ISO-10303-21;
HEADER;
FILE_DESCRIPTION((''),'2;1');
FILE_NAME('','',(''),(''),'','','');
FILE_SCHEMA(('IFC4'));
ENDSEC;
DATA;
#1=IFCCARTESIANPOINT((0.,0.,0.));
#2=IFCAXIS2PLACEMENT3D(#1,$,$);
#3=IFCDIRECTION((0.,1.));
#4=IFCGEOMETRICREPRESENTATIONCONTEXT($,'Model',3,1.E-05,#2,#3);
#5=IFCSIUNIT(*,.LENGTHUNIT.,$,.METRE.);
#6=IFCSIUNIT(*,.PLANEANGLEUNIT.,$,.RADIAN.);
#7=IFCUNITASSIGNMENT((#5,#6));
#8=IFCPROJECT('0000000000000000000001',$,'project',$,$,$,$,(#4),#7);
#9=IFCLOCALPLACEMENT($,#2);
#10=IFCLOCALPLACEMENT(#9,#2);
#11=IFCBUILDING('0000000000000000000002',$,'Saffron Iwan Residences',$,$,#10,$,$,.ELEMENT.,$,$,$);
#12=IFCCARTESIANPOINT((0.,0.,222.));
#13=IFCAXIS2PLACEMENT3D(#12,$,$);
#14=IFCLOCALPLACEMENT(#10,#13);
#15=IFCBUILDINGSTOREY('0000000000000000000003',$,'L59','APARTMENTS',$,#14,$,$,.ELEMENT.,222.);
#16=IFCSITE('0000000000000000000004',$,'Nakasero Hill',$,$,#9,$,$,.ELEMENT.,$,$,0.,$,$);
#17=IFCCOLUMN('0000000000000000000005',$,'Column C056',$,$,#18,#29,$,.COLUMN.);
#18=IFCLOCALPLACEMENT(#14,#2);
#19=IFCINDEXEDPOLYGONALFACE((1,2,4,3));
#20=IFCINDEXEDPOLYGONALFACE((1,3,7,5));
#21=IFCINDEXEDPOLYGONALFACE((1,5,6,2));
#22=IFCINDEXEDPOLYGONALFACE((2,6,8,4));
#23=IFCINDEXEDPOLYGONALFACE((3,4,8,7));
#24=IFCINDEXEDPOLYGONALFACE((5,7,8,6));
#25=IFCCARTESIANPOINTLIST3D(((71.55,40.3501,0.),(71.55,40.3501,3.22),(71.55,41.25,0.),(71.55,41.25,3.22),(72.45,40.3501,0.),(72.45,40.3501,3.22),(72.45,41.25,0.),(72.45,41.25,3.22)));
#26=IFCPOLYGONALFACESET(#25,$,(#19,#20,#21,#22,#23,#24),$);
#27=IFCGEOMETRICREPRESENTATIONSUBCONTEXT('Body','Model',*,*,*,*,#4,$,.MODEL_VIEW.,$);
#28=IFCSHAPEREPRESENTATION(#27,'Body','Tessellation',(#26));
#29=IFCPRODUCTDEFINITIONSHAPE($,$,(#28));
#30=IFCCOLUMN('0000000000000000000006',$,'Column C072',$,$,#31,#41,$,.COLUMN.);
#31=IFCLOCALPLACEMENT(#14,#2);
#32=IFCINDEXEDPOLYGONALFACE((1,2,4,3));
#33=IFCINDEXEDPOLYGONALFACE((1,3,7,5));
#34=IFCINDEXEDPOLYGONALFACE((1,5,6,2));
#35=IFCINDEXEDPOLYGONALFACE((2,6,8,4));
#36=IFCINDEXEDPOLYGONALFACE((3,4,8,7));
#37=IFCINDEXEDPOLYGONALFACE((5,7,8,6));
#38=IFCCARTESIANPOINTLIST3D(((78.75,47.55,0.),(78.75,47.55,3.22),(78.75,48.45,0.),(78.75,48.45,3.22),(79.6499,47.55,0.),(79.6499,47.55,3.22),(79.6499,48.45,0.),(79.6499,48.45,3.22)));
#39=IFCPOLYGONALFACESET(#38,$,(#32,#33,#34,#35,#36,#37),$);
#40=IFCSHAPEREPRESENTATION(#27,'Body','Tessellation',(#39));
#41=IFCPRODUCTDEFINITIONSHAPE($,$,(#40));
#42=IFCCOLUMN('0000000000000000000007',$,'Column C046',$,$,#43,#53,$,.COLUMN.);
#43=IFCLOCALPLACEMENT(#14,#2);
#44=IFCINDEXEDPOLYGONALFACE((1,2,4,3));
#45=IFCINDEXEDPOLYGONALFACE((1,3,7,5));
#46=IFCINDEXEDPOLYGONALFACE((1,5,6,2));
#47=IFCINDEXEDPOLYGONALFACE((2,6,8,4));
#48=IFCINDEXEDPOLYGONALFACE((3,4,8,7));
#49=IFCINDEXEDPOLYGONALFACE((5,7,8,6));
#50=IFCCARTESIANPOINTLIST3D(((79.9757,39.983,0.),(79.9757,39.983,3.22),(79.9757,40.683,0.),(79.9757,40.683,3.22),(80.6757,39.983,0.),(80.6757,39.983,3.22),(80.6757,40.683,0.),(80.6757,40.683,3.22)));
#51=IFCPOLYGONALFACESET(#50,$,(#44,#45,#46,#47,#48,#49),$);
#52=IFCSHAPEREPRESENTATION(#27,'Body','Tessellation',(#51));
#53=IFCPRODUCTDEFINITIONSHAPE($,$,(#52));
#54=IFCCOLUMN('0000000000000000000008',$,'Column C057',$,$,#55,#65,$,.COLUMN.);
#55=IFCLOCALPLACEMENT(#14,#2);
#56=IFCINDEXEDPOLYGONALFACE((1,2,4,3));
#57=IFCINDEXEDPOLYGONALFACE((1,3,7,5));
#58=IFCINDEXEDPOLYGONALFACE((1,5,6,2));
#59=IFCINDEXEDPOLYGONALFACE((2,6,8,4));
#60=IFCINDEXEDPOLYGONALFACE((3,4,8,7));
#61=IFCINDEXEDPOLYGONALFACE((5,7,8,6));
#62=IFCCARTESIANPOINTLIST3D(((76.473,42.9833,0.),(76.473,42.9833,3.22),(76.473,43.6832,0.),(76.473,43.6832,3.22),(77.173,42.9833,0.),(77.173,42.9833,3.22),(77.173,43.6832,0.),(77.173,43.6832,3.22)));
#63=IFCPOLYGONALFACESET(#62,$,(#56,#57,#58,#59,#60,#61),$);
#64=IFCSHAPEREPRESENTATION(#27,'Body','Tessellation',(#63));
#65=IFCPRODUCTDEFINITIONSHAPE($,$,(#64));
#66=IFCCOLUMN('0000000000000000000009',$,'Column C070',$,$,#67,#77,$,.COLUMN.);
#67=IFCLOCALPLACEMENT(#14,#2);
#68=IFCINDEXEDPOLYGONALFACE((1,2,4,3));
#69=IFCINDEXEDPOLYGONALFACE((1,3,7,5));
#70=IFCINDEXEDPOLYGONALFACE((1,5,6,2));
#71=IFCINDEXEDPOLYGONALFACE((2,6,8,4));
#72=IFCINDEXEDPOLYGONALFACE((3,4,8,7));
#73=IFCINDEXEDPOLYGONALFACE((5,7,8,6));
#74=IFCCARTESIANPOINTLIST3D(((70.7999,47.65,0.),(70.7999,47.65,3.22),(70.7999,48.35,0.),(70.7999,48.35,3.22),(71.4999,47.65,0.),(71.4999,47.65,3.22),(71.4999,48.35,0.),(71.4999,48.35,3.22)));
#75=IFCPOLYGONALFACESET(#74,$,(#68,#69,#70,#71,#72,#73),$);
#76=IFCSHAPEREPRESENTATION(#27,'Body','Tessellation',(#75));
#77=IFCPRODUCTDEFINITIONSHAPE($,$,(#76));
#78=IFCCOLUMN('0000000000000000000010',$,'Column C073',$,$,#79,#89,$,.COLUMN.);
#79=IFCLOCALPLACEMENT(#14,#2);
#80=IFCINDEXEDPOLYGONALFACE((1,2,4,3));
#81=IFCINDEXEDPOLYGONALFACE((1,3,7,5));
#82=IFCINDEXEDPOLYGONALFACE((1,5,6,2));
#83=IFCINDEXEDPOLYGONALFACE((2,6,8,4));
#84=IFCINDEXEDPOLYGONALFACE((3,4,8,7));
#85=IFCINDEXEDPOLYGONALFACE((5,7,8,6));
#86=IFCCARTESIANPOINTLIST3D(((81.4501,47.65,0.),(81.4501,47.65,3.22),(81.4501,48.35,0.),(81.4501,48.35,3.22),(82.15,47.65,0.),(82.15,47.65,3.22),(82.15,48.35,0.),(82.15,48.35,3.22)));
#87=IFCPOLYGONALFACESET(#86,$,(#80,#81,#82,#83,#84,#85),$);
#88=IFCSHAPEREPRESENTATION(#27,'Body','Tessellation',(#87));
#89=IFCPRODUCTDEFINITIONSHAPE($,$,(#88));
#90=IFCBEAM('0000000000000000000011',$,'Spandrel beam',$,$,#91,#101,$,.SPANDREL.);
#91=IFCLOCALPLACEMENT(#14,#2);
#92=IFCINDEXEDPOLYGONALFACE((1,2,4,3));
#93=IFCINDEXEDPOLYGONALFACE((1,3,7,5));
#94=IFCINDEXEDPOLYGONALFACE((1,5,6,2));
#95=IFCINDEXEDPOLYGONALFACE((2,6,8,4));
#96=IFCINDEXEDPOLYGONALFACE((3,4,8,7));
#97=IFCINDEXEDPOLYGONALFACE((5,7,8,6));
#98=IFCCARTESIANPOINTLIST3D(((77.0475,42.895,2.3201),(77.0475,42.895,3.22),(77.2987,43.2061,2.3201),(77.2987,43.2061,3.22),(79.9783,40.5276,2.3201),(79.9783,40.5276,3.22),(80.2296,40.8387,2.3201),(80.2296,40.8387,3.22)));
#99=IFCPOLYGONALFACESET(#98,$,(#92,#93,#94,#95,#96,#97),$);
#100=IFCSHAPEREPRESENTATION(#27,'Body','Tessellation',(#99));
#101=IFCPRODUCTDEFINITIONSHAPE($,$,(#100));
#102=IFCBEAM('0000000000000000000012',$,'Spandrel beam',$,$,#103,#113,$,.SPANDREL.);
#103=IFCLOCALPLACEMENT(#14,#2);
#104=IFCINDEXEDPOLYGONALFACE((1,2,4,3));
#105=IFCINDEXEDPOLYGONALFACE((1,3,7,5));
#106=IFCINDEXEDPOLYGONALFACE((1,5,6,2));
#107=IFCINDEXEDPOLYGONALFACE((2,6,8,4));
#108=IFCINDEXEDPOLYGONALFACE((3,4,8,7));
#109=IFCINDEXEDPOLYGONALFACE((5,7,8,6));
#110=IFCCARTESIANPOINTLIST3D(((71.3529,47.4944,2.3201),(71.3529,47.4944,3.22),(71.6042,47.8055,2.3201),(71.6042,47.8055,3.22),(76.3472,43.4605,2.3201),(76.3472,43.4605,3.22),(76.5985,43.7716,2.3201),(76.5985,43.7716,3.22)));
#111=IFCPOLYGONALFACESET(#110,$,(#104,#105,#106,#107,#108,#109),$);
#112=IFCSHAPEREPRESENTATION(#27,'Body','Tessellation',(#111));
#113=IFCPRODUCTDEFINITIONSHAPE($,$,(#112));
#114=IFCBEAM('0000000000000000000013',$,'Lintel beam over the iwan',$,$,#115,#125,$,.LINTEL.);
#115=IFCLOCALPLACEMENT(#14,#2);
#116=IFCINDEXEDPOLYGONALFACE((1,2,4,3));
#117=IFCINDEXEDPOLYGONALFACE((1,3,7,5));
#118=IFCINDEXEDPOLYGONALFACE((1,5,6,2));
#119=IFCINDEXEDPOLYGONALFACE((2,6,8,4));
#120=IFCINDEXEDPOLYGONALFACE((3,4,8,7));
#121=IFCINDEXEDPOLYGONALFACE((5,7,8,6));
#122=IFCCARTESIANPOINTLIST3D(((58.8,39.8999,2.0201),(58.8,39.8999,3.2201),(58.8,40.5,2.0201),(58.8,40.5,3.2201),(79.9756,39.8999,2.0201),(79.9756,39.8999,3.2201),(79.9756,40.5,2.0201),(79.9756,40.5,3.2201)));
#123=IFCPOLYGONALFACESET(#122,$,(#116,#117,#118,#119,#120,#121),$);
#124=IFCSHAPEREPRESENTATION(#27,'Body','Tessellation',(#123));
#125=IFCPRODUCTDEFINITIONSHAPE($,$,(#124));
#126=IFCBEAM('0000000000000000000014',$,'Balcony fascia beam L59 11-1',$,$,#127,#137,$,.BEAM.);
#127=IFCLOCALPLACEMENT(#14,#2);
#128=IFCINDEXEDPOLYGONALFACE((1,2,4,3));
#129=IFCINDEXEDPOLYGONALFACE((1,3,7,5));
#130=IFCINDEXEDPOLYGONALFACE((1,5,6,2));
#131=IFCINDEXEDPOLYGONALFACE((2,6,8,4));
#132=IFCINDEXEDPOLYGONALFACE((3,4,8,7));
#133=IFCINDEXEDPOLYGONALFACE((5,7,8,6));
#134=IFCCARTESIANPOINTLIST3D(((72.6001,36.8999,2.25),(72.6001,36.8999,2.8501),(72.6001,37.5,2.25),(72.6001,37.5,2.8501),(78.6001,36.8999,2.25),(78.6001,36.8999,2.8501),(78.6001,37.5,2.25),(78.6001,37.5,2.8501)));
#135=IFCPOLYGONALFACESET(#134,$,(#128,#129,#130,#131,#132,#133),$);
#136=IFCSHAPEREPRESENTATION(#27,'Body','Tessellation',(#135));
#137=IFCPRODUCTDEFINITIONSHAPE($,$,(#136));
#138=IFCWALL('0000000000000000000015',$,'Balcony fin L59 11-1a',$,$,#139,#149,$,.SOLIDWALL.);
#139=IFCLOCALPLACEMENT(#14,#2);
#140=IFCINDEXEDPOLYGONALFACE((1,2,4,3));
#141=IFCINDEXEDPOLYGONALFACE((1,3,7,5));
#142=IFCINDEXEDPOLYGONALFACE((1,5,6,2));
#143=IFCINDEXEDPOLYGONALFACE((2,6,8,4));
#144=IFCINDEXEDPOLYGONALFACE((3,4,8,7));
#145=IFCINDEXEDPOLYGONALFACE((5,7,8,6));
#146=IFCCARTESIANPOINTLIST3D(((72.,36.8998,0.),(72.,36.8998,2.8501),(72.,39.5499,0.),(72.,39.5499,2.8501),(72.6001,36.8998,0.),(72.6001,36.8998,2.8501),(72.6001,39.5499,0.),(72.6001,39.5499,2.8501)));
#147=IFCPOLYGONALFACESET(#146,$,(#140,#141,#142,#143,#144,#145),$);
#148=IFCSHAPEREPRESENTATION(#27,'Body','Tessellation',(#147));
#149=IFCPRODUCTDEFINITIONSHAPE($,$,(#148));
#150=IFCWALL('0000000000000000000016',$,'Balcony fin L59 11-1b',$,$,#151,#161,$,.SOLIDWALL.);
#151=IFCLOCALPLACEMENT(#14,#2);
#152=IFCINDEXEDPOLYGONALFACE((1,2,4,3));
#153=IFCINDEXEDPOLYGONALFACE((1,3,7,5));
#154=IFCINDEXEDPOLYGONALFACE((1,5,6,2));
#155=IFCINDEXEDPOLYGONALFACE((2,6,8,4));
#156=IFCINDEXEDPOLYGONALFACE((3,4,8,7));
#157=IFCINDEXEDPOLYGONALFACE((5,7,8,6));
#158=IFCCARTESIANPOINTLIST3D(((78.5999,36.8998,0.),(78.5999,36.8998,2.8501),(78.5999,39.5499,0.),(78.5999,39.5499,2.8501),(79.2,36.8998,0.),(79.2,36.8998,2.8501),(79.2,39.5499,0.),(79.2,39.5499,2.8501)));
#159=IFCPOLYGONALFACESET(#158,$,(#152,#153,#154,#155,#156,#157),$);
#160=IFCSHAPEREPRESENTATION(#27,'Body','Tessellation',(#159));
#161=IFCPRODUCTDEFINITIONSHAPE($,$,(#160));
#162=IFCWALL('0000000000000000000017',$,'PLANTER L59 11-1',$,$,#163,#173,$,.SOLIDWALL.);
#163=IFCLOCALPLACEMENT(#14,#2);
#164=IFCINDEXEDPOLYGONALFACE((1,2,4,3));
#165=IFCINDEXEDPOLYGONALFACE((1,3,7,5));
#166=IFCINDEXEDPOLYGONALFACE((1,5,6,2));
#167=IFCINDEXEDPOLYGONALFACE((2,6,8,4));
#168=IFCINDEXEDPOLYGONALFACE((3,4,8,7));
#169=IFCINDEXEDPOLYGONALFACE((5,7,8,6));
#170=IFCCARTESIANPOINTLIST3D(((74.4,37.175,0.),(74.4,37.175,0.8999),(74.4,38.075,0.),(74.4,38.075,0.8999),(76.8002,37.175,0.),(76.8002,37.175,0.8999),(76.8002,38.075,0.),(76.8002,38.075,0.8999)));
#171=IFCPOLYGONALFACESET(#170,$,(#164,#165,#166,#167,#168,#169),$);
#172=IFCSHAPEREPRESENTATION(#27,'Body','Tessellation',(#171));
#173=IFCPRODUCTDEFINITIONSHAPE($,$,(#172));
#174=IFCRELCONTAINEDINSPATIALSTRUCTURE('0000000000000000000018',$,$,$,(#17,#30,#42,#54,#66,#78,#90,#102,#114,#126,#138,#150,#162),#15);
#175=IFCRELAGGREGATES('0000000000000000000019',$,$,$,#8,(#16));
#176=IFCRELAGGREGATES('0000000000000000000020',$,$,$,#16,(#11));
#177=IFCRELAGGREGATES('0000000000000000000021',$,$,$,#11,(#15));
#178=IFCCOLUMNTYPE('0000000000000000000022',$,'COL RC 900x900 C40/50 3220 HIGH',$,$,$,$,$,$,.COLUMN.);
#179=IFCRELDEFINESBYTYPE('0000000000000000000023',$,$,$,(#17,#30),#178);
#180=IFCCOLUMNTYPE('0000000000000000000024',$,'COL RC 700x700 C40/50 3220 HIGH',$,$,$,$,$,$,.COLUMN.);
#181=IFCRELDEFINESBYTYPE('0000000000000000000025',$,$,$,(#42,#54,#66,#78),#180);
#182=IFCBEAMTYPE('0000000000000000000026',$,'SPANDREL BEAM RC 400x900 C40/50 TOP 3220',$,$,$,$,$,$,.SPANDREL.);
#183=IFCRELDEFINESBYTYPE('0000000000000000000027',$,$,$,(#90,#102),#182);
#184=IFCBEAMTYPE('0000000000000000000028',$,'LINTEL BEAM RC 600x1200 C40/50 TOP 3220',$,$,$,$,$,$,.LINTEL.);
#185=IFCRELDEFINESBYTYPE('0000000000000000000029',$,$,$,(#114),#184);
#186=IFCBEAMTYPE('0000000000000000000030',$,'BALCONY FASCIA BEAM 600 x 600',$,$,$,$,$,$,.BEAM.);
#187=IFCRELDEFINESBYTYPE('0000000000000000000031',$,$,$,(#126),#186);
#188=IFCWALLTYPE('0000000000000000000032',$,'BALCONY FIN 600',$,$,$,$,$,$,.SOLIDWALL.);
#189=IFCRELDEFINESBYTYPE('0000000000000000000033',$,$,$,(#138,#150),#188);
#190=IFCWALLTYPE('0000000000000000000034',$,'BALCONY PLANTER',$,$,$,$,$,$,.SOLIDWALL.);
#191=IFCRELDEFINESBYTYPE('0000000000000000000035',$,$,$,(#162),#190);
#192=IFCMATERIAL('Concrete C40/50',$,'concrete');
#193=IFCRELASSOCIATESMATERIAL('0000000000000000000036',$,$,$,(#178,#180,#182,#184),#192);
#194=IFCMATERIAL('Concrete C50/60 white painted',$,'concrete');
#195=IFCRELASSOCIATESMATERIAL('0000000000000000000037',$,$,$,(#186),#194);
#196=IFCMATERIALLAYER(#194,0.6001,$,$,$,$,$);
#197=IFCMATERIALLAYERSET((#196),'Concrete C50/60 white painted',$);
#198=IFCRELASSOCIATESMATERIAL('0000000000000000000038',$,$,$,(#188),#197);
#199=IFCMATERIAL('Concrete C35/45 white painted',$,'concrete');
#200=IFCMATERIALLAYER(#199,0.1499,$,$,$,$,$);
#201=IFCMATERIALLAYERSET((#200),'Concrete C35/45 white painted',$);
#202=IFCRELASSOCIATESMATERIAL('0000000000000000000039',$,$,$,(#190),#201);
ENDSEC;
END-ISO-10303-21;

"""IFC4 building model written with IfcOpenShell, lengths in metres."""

from ifc_helpers import new_model, si_unit, direction, frame, frame_2d, origin, origin_2d, place, context, subcontext, project, spatial, rectangle, extrude, source, transform, mapped, material, layer, layer_set, material_profile, profile_set, type_object, element, save


model = new_model("IFC4")

# Units and contexts
model_context = context("Model", 3, precision=1e-05, world=origin(), true_north=direction((0.0, 1.0)))
body_context = subcontext(model_context, "Body", "Model", "MODEL_VIEW")
ifc_project = project(units=[si_unit("LENGTHUNIT", "METRE"), si_unit("PLANEANGLEUNIT", "RADIAN")], contexts=[model_context])

# Site, building, storey
site_placement = place(None, origin())
site = spatial("IfcSite", under=ifc_project, at=site_placement, Name="Nakasero Hill", CompositionType="ELEMENT", RefElevation=0.0)
building_placement = place(site_placement, origin())
building = spatial("IfcBuilding", under=site, at=building_placement, Name="Saffron Iwan Residences", CompositionType="ELEMENT")
storey_placement = place(building_placement, frame((0.0, 0.0, 222.0)))
storey = spatial("IfcBuildingStorey", under=building, at=storey_placement, Name="L59", Description="APARTMENTS", CompositionType="ELEMENT", Elevation=222.0)

# Columns
ifc_material_1 = material(Name="Concrete C40/50", Category="concrete")
ifc_material_profile_1 = material_profile(ifc_material_1, rectangle(XDim=0.8999, YDim=0.8999, at=origin_2d()), Name="RC 900x900")
ifc_profile_set_1 = profile_set([ifc_material_profile_1], Name="Concrete C40/50")
column_type_1 = type_object("IfcColumnType", Name="COL RC 900x900 C40/50 3220 HIGH", PredefinedType="COLUMN", material=ifc_profile_set_1)
shared_shape_1 = source(origin(), body_context, "Body", "SweptSolid", [
    extrude(rectangle(XDim=0.8999, YDim=0.8999, at=origin_2d()), origin(), (0.0, 0.0, 1.0), 3.22),
])
for number, where, z_axis, x_axis, name in (
    (1, (72.0, 40.8, 0.0), (0.0, 0.0, 1.0), (1.0, 0.0, 0.0), "Column C056"),
    (2, (79.2, 48.0, 0.0), (0.0, 0.0, 1.0), (1.0, 0.0, 0.0), "Column C072"),
):
    element("IfcColumn", number, at=place(storey_placement, frame(where, z_axis=z_axis, x_axis=x_axis)), inside=storey, type_object=column_type_1, Name=name, PredefinedType="COLUMN", context=body_context, shape_type="MappedRepresentation", body=[
        mapped(shared_shape_1, transform((0.0, 0.0, 0.0))),
    ])
ifc_material_profile_2 = material_profile(ifc_material_1, rectangle(XDim=0.7, YDim=0.7, at=origin_2d()), Name="RC 700x700")
ifc_profile_set_2 = profile_set([ifc_material_profile_2], Name="Concrete C40/50")
column_type_2 = type_object("IfcColumnType", Name="COL RC 700x700 C40/50 3220 HIGH", PredefinedType="COLUMN", material=ifc_profile_set_2)
shared_shape_2 = source(origin(), body_context, "Body", "SweptSolid", [
    extrude(rectangle(XDim=0.7, YDim=0.7, at=origin_2d()), origin(), (0.0, 0.0, 1.0), 3.22),
])
for number, where, z_axis, x_axis, name in (
    (3, (80.3257, 40.333, 0.0), (0.0, 0.0, 1.0), (1.0, 0.0, 0.0), "Column C046"),
    (4, (76.823, 43.3333, 0.0), (0.0, 0.0, 1.0), (1.0, 0.0, 0.0), "Column C057"),
    (5, (71.1499, 48.0, 0.0), (0.0, 0.0, 1.0), (1.0, 0.0, 0.0), "Column C070"),
    (6, (81.8, 48.0, 0.0), (0.0, 0.0, 1.0), (1.0, 0.0, 0.0), "Column C073"),
):
    element("IfcColumn", number, at=place(storey_placement, frame(where, z_axis=z_axis, x_axis=x_axis)), inside=storey, type_object=column_type_2, Name=name, PredefinedType="COLUMN", context=body_context, shape_type="MappedRepresentation", body=[
        mapped(shared_shape_2, transform((0.0, 0.0, 0.0))),
    ])

# Beams
ifc_material_profile_3 = material_profile(ifc_material_1, rectangle(XDim=0.3999, YDim=0.8999, at=origin_2d()), Name="RC 400x900")
ifc_profile_set_3 = profile_set([ifc_material_profile_3], Name="Concrete C40/50")
beam_type_1 = type_object("IfcBeamType", Name="SPANDREL BEAM RC 400x900 C40/50 TOP 3220", PredefinedType="SPANDREL", material=ifc_profile_set_3)
shared_shape_3 = source(origin(), body_context, "Body", "SweptSolid", [
    extrude(rectangle(XDim=0.3999, YDim=0.8999, at=origin_2d()), origin(), (0.0, 0.0, 1.0), 3.7676),
])
beam_1_placement = place(storey_placement, frame((77.1731, 43.0505, 2.77), z_axis=(0.77792, -0.628363, 0.0), x_axis=(0.628363, 0.77792, 0.0)))
element("IfcBeam", 7, at=beam_1_placement, inside=storey, type_object=beam_type_1, Name="Spandrel beam", PredefinedType="SPANDREL", context=body_context, shape_type="MappedRepresentation", body=[
    mapped(shared_shape_3, transform((0.0, 0.0, 0.0))),
])
shared_shape_4 = source(origin(), body_context, "Body", "SweptSolid", [
    extrude(rectangle(XDim=0.3999, YDim=0.8999, at=origin_2d()), origin(), (0.0, 0.0, 1.0), 6.4199),
])
beam_2_placement = place(storey_placement, frame((71.4785, 47.6499, 2.77), z_axis=(0.77794, -0.628338, 0.0), x_axis=(0.628338, 0.77794, 0.0)))
element("IfcBeam", 8, at=beam_2_placement, inside=storey, type_object=beam_type_1, Name="Spandrel beam", PredefinedType="SPANDREL", context=body_context, shape_type="MappedRepresentation", body=[
    mapped(shared_shape_4, transform((0.0, 0.0, 0.0))),
])
ifc_material_profile_4 = material_profile(ifc_material_1, rectangle(XDim=0.6001, YDim=1.2, at=origin_2d()), Name="RC 600x1200")
ifc_profile_set_4 = profile_set([ifc_material_profile_4], Name="Concrete C40/50")
beam_type_2 = type_object("IfcBeamType", Name="LINTEL BEAM RC 600x1200 C40/50 TOP 3220", PredefinedType="LINTEL", material=ifc_profile_set_4)
shared_shape_5 = source(origin(), body_context, "Body", "SweptSolid", [
    extrude(rectangle(XDim=0.6001, YDim=1.2, at=origin_2d()), origin(), (0.0, 0.0, 1.0), 21.1755),
])
beam_3_placement = place(storey_placement, frame((79.9756, 40.2, 2.6201), z_axis=(-1.0, 0.0, 0.0), x_axis=(0.0, -1.0, 0.0)))
element("IfcBeam", 9, at=beam_3_placement, inside=storey, type_object=beam_type_2, Name="Lintel beam over the iwan", PredefinedType="LINTEL", context=body_context, shape_type="MappedRepresentation", body=[
    mapped(shared_shape_5, transform((0.0, 0.0, 0.0))),
])
ifc_material_2 = material(Name="Concrete C50/60 white painted", Category="concrete")
ifc_material_profile_5 = material_profile(ifc_material_2, rectangle(XDim=0.6001, YDim=0.6001, at=origin_2d()), Name="BALCONY FASCIA BEAM 600 x 600")
ifc_profile_set_5 = profile_set([ifc_material_profile_5], Name="Concrete C50/60 white painted")
beam_type_3 = type_object("IfcBeamType", Name="BALCONY FASCIA BEAM 600 x 600", PredefinedType="BEAM", material=ifc_profile_set_5)
shared_shape_6 = source(origin(), body_context, "Body", "SweptSolid", [
    extrude(rectangle(XDim=0.6001, YDim=0.6001, at=origin_2d()), origin(), (0.0, 0.0, 1.0), 6.0),
])
beam_4_placement = place(storey_placement, frame((72.6001, 37.2, 2.55), z_axis=(1.0, 0.0, 0.0), x_axis=(0.0, 1.0, 0.0)))
element("IfcBeam", 10, at=beam_4_placement, inside=storey, type_object=beam_type_3, Name="Balcony fascia beam L59 11-1", PredefinedType="BEAM", context=body_context, shape_type="MappedRepresentation", body=[
    mapped(shared_shape_6, transform((0.0, 0.0, 0.0))),
])

# Walls
ifc_layer_1 = layer(ifc_material_2, 0.6001)
ifc_layer_set_1 = layer_set([ifc_layer_1], Name="Concrete C50/60 white painted")
wall_type_1 = type_object("IfcWallType", Name="BALCONY FIN 600", PredefinedType="SOLIDWALL", material=ifc_layer_set_1)
for number, where, z_axis, x_axis, name in (
    (11, (72.3, 39.55, 0.0), (0.0, 0.0, 1.0), (0.0, -1.0, 0.0), "Balcony fin L59 11-1a"),
    (12, (78.8999, 39.55, 0.0), (0.0, 0.0, 1.0), (0.0, -1.0, 0.0), "Balcony fin L59 11-1b"),
):
    element("IfcWall", number, at=place(storey_placement, frame(where, z_axis=z_axis, x_axis=x_axis)), inside=storey, type_object=wall_type_1, Name=name, PredefinedType="SOLIDWALL", context=body_context, shape_type="SweptSolid", body=[
        extrude(rectangle(XDim=2.6501, YDim=0.6001, at=frame_2d((1.3252, 0.0))), origin(), (0.0, 0.0, 1.0), 2.8501),
    ])
ifc_material_3 = material(Name="Concrete C35/45 white painted", Category="concrete")
ifc_layer_2 = layer(ifc_material_3, 0.1499)
ifc_layer_set_2 = layer_set([ifc_layer_2], Name="Concrete C35/45 white painted")
wall_type_2 = type_object("IfcWallType", Name="BALCONY PLANTER", PredefinedType="SOLIDWALL", material=ifc_layer_set_2)
wall_1_placement = place(storey_placement, frame((74.3999, 37.625, 0.0), z_axis=(0.0, 0.0, 1.0), x_axis=(1.0, 0.0, 0.0)))
element("IfcWall", 13, at=wall_1_placement, inside=storey, type_object=wall_type_2, Name="PLANTER L59 11-1", PredefinedType="SOLIDWALL", context=body_context, shape_type="SweptSolid", body=[
    extrude(rectangle(XDim=2.4001, YDim=0.8999, at=frame_2d((1.2002, 0.0))), origin(), (0.0, 0.0, 1.0), 0.8999),
])

save(model, "model.ifc")
